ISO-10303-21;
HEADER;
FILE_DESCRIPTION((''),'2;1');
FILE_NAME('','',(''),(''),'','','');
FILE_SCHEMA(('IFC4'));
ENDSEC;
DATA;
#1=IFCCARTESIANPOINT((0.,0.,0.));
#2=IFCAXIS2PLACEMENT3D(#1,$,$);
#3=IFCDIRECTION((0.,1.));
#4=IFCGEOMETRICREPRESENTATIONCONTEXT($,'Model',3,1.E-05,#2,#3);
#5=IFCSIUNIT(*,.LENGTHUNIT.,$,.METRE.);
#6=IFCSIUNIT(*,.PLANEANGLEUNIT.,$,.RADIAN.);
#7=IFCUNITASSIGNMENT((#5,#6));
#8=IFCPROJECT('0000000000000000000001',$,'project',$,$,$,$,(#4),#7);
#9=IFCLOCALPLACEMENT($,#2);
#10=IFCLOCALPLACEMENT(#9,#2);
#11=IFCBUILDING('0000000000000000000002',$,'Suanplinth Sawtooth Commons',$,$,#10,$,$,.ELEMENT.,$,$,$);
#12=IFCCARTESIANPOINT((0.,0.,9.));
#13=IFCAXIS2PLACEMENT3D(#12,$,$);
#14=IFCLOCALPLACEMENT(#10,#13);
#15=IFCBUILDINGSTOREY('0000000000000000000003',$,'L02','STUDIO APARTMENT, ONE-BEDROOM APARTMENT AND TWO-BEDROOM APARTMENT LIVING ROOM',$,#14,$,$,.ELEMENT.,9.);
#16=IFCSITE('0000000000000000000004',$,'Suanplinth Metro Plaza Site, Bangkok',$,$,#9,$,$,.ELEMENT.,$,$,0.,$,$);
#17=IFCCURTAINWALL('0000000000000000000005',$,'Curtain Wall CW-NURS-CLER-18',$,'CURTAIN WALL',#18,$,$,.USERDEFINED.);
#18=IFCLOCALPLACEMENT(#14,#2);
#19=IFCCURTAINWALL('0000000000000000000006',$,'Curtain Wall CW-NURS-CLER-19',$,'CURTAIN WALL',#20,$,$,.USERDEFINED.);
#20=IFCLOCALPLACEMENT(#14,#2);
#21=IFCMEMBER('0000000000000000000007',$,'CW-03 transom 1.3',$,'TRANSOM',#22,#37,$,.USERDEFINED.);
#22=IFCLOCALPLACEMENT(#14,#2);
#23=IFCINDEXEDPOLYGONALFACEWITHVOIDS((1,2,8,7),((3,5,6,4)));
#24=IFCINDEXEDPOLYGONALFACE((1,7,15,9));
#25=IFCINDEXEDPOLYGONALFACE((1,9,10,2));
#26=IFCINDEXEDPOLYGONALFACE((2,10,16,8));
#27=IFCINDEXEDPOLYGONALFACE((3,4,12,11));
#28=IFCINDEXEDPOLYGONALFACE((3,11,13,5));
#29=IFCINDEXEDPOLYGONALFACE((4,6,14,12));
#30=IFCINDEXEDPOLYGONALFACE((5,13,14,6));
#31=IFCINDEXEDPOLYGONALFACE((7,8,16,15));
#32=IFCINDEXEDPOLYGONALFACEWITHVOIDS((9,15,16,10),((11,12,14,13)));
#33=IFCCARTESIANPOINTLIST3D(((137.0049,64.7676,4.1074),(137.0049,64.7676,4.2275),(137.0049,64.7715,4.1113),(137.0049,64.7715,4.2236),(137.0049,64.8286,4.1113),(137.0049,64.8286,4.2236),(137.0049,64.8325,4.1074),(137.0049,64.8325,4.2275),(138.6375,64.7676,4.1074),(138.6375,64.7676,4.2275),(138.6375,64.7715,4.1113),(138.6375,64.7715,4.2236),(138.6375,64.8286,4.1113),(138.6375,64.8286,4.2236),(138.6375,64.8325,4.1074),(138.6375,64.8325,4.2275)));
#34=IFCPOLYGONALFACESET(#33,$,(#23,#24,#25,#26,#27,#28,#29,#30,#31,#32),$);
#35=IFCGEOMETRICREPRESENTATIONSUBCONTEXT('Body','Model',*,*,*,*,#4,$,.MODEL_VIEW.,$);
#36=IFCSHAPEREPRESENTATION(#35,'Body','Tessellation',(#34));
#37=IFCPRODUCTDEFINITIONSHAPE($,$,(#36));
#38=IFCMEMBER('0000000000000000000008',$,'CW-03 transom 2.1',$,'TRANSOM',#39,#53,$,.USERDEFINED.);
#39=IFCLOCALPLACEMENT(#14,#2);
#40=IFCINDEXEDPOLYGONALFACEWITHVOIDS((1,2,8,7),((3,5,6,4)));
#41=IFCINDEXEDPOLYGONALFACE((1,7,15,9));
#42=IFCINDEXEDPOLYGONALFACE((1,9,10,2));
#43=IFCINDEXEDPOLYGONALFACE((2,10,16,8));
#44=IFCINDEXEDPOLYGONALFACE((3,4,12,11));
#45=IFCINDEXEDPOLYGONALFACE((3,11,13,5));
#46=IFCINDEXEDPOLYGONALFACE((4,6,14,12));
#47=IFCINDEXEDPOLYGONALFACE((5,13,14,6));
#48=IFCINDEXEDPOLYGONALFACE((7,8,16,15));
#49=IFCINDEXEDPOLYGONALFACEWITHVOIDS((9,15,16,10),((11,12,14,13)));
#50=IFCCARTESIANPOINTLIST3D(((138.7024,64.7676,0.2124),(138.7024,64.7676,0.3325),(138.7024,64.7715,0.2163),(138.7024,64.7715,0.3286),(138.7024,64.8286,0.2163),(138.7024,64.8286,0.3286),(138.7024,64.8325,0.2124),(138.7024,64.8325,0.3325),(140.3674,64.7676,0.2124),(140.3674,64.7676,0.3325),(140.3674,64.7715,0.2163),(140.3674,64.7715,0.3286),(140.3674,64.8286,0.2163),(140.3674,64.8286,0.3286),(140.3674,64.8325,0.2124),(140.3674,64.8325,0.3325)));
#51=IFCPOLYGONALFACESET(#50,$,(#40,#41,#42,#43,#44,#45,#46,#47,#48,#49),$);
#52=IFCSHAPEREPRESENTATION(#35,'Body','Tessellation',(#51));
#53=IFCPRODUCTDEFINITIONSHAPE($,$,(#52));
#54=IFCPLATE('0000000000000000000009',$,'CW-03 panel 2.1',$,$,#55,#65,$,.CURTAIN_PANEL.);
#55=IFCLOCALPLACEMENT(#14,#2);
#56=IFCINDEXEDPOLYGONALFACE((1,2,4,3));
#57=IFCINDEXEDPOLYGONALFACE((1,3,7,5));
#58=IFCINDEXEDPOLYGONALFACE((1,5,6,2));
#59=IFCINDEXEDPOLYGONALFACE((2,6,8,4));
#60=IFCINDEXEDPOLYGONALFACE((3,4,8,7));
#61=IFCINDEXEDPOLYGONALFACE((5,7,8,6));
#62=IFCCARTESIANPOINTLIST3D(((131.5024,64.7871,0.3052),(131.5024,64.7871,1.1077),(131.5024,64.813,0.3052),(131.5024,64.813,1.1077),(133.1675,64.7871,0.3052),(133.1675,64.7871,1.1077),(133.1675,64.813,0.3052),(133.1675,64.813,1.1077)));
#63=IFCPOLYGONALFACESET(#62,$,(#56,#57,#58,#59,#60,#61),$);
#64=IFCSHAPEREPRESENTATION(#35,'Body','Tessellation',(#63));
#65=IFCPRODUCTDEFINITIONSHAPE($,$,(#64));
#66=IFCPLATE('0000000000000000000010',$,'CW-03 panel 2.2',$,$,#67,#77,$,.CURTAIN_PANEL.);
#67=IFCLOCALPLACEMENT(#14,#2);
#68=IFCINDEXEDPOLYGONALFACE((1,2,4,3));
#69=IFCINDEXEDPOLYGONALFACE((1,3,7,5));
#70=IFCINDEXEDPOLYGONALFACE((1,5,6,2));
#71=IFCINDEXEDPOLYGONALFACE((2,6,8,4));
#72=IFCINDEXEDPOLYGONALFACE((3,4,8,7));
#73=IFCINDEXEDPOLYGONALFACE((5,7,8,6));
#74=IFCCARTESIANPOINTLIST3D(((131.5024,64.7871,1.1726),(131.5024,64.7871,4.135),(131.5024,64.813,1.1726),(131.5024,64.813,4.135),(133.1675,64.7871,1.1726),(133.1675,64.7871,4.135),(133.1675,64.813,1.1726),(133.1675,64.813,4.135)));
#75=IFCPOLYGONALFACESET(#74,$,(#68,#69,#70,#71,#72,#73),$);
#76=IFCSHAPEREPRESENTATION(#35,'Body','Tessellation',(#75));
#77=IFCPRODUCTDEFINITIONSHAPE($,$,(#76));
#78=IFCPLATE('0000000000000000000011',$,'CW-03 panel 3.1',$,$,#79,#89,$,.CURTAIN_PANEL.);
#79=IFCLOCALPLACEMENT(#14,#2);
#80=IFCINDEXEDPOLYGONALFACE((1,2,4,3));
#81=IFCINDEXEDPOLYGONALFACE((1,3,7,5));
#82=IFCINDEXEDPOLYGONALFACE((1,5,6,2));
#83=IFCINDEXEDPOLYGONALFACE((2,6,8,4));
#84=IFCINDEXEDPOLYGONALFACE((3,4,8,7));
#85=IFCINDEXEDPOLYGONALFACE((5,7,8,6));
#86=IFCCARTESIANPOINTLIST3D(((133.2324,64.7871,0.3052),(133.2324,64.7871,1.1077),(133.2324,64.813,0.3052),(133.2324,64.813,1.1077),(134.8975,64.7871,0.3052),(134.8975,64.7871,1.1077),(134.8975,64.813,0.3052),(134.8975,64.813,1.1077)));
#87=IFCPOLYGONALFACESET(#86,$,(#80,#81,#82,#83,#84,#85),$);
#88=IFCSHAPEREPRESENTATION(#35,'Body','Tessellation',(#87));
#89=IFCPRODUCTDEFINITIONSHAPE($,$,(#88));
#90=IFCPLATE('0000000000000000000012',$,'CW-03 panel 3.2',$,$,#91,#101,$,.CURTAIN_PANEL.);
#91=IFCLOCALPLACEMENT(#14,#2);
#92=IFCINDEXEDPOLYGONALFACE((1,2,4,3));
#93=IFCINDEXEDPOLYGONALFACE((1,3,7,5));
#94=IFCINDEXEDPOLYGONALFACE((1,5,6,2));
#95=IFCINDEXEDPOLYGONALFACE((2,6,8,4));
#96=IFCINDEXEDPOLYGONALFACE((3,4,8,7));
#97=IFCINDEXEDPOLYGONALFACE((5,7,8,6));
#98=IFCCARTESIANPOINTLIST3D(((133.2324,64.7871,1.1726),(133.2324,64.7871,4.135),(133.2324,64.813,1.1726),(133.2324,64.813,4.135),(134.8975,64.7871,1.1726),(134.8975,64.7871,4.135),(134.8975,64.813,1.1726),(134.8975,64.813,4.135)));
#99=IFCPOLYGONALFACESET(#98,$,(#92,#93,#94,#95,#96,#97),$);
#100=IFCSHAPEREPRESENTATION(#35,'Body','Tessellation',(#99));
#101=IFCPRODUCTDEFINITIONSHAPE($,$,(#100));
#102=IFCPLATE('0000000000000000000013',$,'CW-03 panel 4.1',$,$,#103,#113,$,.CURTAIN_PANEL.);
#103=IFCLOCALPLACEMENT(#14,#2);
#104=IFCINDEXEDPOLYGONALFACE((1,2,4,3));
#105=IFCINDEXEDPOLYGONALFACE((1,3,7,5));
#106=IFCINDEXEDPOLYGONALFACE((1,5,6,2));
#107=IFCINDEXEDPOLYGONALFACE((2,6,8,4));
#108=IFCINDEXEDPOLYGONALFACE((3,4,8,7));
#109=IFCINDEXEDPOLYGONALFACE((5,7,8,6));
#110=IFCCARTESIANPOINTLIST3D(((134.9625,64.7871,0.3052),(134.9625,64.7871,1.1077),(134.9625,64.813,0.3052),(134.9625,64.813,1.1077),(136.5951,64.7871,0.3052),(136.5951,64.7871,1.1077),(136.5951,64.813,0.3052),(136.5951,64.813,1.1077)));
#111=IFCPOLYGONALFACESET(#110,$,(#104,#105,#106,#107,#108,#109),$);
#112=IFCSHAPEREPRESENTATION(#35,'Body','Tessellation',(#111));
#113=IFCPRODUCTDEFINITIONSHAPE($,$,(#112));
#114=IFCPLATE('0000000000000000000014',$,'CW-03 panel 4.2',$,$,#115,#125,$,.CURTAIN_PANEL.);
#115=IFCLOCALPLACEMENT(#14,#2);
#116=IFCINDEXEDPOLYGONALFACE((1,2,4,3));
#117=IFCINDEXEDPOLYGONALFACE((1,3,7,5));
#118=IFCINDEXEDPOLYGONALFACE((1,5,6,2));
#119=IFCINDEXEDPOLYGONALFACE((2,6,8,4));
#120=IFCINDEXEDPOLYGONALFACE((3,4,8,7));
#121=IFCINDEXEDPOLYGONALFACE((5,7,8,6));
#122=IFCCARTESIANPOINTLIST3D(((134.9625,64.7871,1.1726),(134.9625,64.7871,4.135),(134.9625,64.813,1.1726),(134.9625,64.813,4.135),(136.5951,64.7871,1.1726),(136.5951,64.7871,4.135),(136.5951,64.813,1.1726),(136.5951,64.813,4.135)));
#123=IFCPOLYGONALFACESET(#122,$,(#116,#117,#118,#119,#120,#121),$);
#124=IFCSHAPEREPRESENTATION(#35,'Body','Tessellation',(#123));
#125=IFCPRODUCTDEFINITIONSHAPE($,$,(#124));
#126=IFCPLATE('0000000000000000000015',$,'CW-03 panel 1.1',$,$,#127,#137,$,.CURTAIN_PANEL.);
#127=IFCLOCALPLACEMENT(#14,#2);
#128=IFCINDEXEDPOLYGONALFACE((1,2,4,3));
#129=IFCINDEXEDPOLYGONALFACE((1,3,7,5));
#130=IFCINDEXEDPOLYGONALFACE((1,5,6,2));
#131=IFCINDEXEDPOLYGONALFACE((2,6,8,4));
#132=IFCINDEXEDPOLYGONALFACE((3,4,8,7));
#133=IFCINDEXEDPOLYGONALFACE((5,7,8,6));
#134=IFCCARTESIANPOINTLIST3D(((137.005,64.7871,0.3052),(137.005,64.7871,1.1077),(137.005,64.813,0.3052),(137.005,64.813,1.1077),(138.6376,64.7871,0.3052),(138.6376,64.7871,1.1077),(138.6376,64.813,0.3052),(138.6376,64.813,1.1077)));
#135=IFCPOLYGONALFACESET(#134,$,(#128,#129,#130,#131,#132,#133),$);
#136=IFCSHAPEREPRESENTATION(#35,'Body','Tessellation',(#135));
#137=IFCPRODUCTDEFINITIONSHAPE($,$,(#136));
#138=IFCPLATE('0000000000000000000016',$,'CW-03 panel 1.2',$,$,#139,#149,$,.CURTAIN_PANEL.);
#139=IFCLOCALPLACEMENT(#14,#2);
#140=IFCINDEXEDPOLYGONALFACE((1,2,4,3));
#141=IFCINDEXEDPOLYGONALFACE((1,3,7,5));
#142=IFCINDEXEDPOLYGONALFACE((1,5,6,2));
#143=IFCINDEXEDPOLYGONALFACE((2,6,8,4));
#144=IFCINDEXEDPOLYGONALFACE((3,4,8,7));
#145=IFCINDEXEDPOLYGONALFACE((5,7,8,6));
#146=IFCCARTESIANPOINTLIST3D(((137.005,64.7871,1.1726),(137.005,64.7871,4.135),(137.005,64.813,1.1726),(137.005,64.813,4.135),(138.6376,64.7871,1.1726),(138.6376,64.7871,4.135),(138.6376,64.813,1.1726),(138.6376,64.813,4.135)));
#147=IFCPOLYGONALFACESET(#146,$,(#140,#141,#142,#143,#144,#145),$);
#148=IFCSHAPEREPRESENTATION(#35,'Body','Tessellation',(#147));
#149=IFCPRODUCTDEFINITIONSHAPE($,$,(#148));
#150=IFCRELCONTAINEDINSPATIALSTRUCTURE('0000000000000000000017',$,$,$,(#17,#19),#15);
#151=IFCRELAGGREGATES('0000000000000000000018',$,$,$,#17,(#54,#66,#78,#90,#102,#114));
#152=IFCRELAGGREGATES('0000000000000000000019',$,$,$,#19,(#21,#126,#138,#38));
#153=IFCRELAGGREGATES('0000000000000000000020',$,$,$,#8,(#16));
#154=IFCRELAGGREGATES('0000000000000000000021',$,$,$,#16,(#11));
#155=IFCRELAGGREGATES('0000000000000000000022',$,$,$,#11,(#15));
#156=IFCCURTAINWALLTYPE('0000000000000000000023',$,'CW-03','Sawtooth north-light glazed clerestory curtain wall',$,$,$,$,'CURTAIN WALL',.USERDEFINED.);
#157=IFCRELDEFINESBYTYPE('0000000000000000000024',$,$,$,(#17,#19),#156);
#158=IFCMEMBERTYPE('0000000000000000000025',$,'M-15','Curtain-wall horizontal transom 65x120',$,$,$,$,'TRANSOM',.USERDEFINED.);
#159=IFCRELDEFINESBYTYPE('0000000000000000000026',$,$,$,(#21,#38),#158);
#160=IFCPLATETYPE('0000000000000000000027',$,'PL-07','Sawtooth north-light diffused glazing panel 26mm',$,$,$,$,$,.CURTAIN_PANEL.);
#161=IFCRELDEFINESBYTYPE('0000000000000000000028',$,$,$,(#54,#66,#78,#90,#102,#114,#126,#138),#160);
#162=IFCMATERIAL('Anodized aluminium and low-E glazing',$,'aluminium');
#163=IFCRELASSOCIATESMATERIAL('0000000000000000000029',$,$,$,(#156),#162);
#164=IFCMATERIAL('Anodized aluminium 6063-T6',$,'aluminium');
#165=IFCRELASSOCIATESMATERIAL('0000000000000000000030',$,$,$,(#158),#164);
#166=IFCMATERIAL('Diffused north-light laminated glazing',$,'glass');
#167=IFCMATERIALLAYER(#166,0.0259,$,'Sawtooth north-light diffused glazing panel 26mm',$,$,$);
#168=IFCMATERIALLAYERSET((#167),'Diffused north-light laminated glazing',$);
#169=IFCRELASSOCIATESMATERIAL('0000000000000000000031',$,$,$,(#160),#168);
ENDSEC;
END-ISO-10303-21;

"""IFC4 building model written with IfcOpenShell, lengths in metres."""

from ifc_helpers import new_model, si_unit, direction, frame, origin, origin_2d, place, context, subcontext, project, spatial, rectangle, hollow_rectangle, extrude, material, layer, layer_set, material_profile, profile_set, type_object, element, aggregate, save


model = new_model("IFC4")

# Units and contexts
model_context = context("Model", 3, precision=1e-05, world=origin(), true_north=direction((0.0, 1.0)))
body_context = subcontext(model_context, "Body", "Model", "MODEL_VIEW")
ifc_project = project(units=[si_unit("LENGTHUNIT", "METRE"), si_unit("PLANEANGLEUNIT", "RADIAN")], contexts=[model_context])

# Site, building, storey
site_placement = place(None, origin())
site = spatial("IfcSite", under=ifc_project, at=site_placement, Name="Suanplinth Metro Plaza Site, Bangkok", CompositionType="ELEMENT", RefElevation=0.0)
building_placement = place(site_placement, origin())
building = spatial("IfcBuilding", under=site, at=building_placement, Name="Suanplinth Sawtooth Commons", CompositionType="ELEMENT")
storey_placement = place(building_placement, frame((0.0, 0.0, 9.0)))
storey = spatial("IfcBuildingStorey", under=building, at=storey_placement, Name="L02", Description="STUDIO APARTMENT, ONE-BEDROOM APARTMENT AND TWO-BEDROOM APARTMENT LIVING ROOM", CompositionType="ELEMENT", Elevation=9.0)

# Curtain walls
ifc_material_1 = material(Name="Anodized aluminium and low-E glazing", Category="aluminium")
curtain_wall_type = type_object("IfcCurtainWallType", Name="CW-03", Description="Sawtooth north-light glazed clerestory curtain wall", ElementType="CURTAIN WALL", PredefinedType="USERDEFINED", material=ifc_material_1)
curtain_wall_1_placement = place(storey_placement, origin())
curtain_wall_1 = element("IfcCurtainWall", 1, at=curtain_wall_1_placement, inside=storey, type_object=curtain_wall_type, Name="Curtain Wall CW-NURS-CLER-18", ObjectType="CURTAIN WALL", PredefinedType="USERDEFINED")
ifc_material_2 = material(Name="Anodized aluminium 6063-T6", Category="aluminium")
curtain_wall_2_placement = place(storey_placement, origin())
curtain_wall_2 = element("IfcCurtainWall", 2, at=curtain_wall_2_placement, inside=storey, type_object=curtain_wall_type, Name="Curtain Wall CW-NURS-CLER-19", ObjectType="CURTAIN WALL", PredefinedType="USERDEFINED")

# Members
ifc_material_profile_1 = material_profile(ifc_material_2, hollow_rectangle(XDim=0.0649, YDim=0.1201, WallThickness=0.0039, at=origin_2d()), Name="ALU-TRN 65x120")
ifc_profile_set_1 = profile_set([ifc_material_profile_1], Name="Anodized aluminium 6063-T6")
member_type_1 = type_object("IfcMemberType", Name="M-15", Description="Curtain-wall horizontal transom 65x120", ElementType="TRANSOM", PredefinedType="USERDEFINED", material=ifc_profile_set_1)
member_1_placement = place(storey_placement, frame((137.0049, 64.8, 4.1675), z_axis=(1.0, 0.0, 0.0), x_axis=(0.0, 1.0, 0.0)))
member_1 = element("IfcMember", 3, at=member_1_placement, type_object=member_type_1, Name="CW-03 transom 1.3", ObjectType="TRANSOM", PredefinedType="USERDEFINED", context=body_context, shape_type="SweptSolid", body=[
    extrude(hollow_rectangle(XDim=0.0649, YDim=0.1201, WallThickness=0.0039, at=origin_2d()), origin(), (0.0, 0.0, 1.0), 1.6326),
])
member_2_placement = place(storey_placement, frame((138.7024, 64.8, 0.2725), z_axis=(1.0, 0.0, 0.0), x_axis=(0.0, 1.0, 0.0)))
member_2 = element("IfcMember", 4, at=member_2_placement, type_object=member_type_1, Name="CW-03 transom 2.1", ObjectType="TRANSOM", PredefinedType="USERDEFINED", context=body_context, shape_type="SweptSolid", body=[
    extrude(hollow_rectangle(XDim=0.0649, YDim=0.1201, WallThickness=0.0039, at=origin_2d()), origin(), (0.0, 0.0, 1.0), 1.665),
])

# Plates
ifc_material_3 = material(Name="Diffused north-light laminated glazing", Category="glass")
ifc_layer = layer(ifc_material_3, 0.0259, Name="Sawtooth north-light diffused glazing panel 26mm")
ifc_layer_set = layer_set([ifc_layer], Name="Diffused north-light laminated glazing")
plate_type = type_object("IfcPlateType", Name="PL-07", Description="Sawtooth north-light diffused glazing panel 26mm", PredefinedType="CURTAIN_PANEL", material=ifc_layer_set)
plate_1_placement = place(storey_placement, frame((132.335, 64.8, 0.3052), z_axis=(0.0, 0.0, 1.0), x_axis=(1.0, 0.0, 0.0)))
plate_1 = element("IfcPlate", 5, at=plate_1_placement, type_object=plate_type, Name="CW-03 panel 2.1", PredefinedType="CURTAIN_PANEL", context=body_context, shape_type="SweptSolid", body=[
    extrude(rectangle(XDim=1.665, YDim=0.0259, at=origin_2d()), origin(), (0.0, 0.0, 1.0), 0.8025),
])
plate_2_placement = place(storey_placement, frame((132.335, 64.8, 1.1726), z_axis=(0.0, 0.0, 1.0), x_axis=(1.0, 0.0, 0.0)))
plate_2 = element("IfcPlate", 6, at=plate_2_placement, type_object=plate_type, Name="CW-03 panel 2.2", PredefinedType="CURTAIN_PANEL", context=body_context, shape_type="SweptSolid", body=[
    extrude(rectangle(XDim=1.665, YDim=0.0259, at=origin_2d()), origin(), (0.0, 0.0, 1.0), 2.9624),
])
plate_3_placement = place(storey_placement, frame((134.0649, 64.8, 0.3052), z_axis=(0.0, 0.0, 1.0), x_axis=(1.0, 0.0, 0.0)))
plate_3 = element("IfcPlate", 7, at=plate_3_placement, type_object=plate_type, Name="CW-03 panel 3.1", PredefinedType="CURTAIN_PANEL", context=body_context, shape_type="SweptSolid", body=[
    extrude(rectangle(XDim=1.665, YDim=0.0259, at=origin_2d()), origin(), (0.0, 0.0, 1.0), 0.8025),
])
plate_4_placement = place(storey_placement, frame((134.0649, 64.8, 1.1726), z_axis=(0.0, 0.0, 1.0), x_axis=(1.0, 0.0, 0.0)))
plate_4 = element("IfcPlate", 8, at=plate_4_placement, type_object=plate_type, Name="CW-03 panel 3.2", PredefinedType="CURTAIN_PANEL", context=body_context, shape_type="SweptSolid", body=[
    extrude(rectangle(XDim=1.665, YDim=0.0259, at=origin_2d()), origin(), (0.0, 0.0, 1.0), 2.9624),
])
plate_5_placement = place(storey_placement, frame((135.7788, 64.8, 0.3052), z_axis=(0.0, 0.0, 1.0), x_axis=(1.0, 0.0, 0.0)))
plate_5 = element("IfcPlate", 9, at=plate_5_placement, type_object=plate_type, Name="CW-03 panel 4.1", PredefinedType="CURTAIN_PANEL", context=body_context, shape_type="SweptSolid", body=[
    extrude(rectangle(XDim=1.6326, YDim=0.0259, at=origin_2d()), origin(), (0.0, 0.0, 1.0), 0.8025),
])
plate_6_placement = place(storey_placement, frame((135.7788, 64.8, 1.1726), z_axis=(0.0, 0.0, 1.0), x_axis=(1.0, 0.0, 0.0)))
plate_6 = element("IfcPlate", 10, at=plate_6_placement, type_object=plate_type, Name="CW-03 panel 4.2", PredefinedType="CURTAIN_PANEL", context=body_context, shape_type="SweptSolid", body=[
    extrude(rectangle(XDim=1.6326, YDim=0.0259, at=origin_2d()), origin(), (0.0, 0.0, 1.0), 2.9624),
])
aggregate(curtain_wall_1, [plate_1, plate_2, plate_3, plate_4, plate_5, plate_6])
plate_7_placement = place(storey_placement, frame((137.8213, 64.8, 0.3052), z_axis=(0.0, 0.0, 1.0), x_axis=(1.0, 0.0, 0.0)))
plate_7 = element("IfcPlate", 11, at=plate_7_placement, type_object=plate_type, Name="CW-03 panel 1.1", PredefinedType="CURTAIN_PANEL", context=body_context, shape_type="SweptSolid", body=[
    extrude(rectangle(XDim=1.6326, YDim=0.0259, at=origin_2d()), origin(), (0.0, 0.0, 1.0), 0.8025),
])
plate_8_placement = place(storey_placement, frame((137.8213, 64.8, 1.1726), z_axis=(0.0, 0.0, 1.0), x_axis=(1.0, 0.0, 0.0)))
plate_8 = element("IfcPlate", 12, at=plate_8_placement, type_object=plate_type, Name="CW-03 panel 1.2", PredefinedType="CURTAIN_PANEL", context=body_context, shape_type="SweptSolid", body=[
    extrude(rectangle(XDim=1.6326, YDim=0.0259, at=origin_2d()), origin(), (0.0, 0.0, 1.0), 2.9624),
])
aggregate(curtain_wall_2, [member_1, plate_7, plate_8, member_2])

save(model, "model.ifc")
